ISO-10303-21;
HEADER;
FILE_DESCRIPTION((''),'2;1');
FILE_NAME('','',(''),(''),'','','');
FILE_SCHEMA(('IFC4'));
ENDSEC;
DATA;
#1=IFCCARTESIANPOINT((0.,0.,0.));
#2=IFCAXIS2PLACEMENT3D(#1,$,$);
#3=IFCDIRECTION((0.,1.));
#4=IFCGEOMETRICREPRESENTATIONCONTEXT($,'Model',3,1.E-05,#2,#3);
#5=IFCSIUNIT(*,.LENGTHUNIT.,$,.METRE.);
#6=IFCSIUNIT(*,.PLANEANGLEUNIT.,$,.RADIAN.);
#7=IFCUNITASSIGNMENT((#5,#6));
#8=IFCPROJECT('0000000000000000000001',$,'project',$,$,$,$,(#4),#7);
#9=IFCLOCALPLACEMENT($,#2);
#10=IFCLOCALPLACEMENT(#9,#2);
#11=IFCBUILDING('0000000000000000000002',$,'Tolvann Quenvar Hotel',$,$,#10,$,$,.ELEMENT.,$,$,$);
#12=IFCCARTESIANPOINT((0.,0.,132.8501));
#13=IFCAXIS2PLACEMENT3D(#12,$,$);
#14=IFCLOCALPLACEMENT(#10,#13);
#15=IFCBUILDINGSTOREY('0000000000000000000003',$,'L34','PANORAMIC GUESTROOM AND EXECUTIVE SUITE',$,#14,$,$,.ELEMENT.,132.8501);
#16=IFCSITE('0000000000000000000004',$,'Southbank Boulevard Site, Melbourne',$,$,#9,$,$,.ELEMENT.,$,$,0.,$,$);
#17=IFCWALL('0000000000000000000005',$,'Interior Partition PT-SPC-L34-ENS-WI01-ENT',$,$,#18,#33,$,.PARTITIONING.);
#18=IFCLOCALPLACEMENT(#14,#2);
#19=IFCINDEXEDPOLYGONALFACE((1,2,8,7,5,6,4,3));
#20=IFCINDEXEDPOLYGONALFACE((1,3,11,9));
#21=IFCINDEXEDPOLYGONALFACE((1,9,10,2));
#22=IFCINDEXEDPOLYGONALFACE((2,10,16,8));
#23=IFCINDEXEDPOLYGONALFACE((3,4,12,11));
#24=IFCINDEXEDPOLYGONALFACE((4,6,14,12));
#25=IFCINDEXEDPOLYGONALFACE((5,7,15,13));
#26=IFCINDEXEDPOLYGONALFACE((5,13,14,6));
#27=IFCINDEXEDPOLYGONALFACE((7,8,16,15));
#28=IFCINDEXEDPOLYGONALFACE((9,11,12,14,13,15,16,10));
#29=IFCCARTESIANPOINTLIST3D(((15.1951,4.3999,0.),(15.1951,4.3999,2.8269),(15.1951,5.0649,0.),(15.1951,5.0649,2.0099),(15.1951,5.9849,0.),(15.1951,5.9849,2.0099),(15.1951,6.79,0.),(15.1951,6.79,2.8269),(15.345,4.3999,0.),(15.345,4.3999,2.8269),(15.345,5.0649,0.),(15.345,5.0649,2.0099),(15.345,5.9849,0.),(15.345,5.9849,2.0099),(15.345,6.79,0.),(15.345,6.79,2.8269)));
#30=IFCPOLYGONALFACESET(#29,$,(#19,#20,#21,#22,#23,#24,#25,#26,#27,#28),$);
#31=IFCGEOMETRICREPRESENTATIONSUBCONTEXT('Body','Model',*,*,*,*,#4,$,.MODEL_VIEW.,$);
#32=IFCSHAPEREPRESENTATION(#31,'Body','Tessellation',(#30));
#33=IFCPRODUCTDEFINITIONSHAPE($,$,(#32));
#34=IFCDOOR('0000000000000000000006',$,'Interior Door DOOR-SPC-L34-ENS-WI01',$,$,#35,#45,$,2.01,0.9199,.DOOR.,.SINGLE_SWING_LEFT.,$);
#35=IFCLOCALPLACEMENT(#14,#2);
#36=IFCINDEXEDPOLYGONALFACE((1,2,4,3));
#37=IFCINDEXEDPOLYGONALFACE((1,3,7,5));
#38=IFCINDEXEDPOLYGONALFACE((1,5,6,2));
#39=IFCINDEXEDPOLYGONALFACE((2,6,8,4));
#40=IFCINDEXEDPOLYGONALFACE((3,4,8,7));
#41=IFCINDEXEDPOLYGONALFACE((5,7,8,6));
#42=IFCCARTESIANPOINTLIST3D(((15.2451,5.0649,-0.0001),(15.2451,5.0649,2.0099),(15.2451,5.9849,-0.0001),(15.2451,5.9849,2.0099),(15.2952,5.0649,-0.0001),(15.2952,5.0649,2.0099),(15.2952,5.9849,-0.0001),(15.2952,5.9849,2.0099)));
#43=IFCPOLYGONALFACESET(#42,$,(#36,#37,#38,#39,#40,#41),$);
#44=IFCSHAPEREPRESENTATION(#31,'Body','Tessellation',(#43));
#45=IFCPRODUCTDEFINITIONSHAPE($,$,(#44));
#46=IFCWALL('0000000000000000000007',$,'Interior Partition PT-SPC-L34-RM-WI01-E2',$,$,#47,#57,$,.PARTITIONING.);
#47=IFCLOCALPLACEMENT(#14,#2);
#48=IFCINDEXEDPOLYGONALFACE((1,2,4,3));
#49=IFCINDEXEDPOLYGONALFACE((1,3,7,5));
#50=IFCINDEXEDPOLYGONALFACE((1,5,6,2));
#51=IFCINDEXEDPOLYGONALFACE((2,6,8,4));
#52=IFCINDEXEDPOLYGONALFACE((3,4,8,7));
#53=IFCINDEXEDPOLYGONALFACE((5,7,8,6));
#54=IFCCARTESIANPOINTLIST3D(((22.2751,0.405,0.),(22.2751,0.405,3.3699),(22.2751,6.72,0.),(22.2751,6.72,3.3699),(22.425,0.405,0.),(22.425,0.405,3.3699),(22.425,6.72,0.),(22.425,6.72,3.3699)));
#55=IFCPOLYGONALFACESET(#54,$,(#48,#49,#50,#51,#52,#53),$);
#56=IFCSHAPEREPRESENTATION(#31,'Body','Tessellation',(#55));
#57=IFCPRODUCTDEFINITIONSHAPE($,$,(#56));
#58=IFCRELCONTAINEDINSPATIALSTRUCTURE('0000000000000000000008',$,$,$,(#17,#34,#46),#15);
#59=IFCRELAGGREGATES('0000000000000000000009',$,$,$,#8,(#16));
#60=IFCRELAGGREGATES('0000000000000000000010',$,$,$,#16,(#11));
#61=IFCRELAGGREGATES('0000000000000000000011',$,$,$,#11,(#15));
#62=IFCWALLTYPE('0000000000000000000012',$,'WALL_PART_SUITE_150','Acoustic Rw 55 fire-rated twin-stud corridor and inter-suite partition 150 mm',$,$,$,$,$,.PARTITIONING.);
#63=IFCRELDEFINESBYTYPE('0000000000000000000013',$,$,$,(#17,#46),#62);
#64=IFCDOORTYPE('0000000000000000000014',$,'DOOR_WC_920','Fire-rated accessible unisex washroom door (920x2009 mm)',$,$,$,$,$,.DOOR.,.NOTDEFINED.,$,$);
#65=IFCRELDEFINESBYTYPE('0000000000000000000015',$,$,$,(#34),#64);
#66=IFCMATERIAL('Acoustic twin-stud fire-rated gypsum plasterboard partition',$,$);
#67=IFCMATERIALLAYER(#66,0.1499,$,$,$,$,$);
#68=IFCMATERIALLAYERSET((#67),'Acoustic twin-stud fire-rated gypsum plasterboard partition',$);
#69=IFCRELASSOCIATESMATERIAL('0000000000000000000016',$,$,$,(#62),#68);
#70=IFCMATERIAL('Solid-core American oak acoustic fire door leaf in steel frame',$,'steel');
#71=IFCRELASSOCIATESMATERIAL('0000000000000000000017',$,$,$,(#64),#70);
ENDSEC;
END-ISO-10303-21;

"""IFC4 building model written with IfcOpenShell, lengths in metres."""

from ifc_helpers import new_model, si_unit, direction, frame, frame_2d, origin, place, context, subcontext, project, spatial, rectangle, extrude, source, transform, mapped, material, layer, layer_set, type_object, type_shapes, element, fill, save


model = new_model("IFC4")

# Units and contexts
model_context = context("Model", 3, precision=1e-05, world=origin(), true_north=direction((0.0, 1.0)))
body_context = subcontext(model_context, "Body", "Model", "MODEL_VIEW")
ifc_project = project(units=[si_unit("LENGTHUNIT", "METRE"), si_unit("PLANEANGLEUNIT", "RADIAN")], contexts=[model_context])

# Site, building, storey
site_placement = place(None, origin())
site = spatial("IfcSite", under=ifc_project, at=site_placement, Name="Southbank Boulevard Site, Melbourne", CompositionType="ELEMENT", RefElevation=0.0)
building_placement = place(site_placement, origin())
building = spatial("IfcBuilding", under=site, at=building_placement, Name="Tolvann Quenvar Hotel", CompositionType="ELEMENT")
storey_placement = place(building_placement, frame((0.0, 0.0, 132.8501)))
storey = spatial("IfcBuildingStorey", under=building, at=storey_placement, Name="L34", Description="PANORAMIC GUESTROOM AND EXECUTIVE SUITE", CompositionType="ELEMENT", Elevation=132.8501)

# Wall, opening, door
ifc_material_1 = material(Name="Acoustic twin-stud fire-rated gypsum plasterboard partition")
ifc_layer_1 = layer(ifc_material_1, 0.1499)
ifc_layer_set_1 = layer_set([ifc_layer_1], Name="Acoustic twin-stud fire-rated gypsum plasterboard partition")
wall_type_1 = type_object("IfcWallType", Name="WALL_PART_SUITE_150", Description="Acoustic Rw 55 fire-rated twin-stud corridor and inter-suite partition 150 mm", PredefinedType="PARTITIONING", material=ifc_layer_set_1)
wall_1_placement = place(storey_placement, frame((15.27, 4.3999, 0.0), z_axis=(0.0, 0.0, 1.0), x_axis=(0.0, 1.0, 0.0)))
wall_1 = element("IfcWall", 1, at=wall_1_placement, inside=storey, type_object=wall_type_1, Name="Interior Partition PT-SPC-L34-ENS-WI01-ENT", PredefinedType="PARTITIONING", context=body_context, shape_type="SweptSolid", body=[
    extrude(rectangle(XDim=2.3901, YDim=0.1499, at=frame_2d((1.1951, 0.0))), origin(), (0.0, 0.0, 1.0), 2.8269),
])
opening_1_placement = place(wall_1_placement, frame((0.665, 0.0, 0.0)))
opening_1 = element("IfcOpeningElement", 2, at=opening_1_placement, cuts=wall_1, PredefinedType="OPENING", context=body_context, shape_type="SweptSolid", body=[
    extrude(rectangle(XDim=0.9199, YDim=2.01, at=frame_2d((0.46, 1.0049))), frame((0.0, 0.085, 0.0), z_axis=(0.0, -1.0, 0.0), x_axis=(1.0, 0.0, 0.0)), (0.0, 0.0, 1.0), 0.1699),
])
ifc_material_2 = material(Name="Solid-core American oak acoustic fire door leaf in steel frame", Category="steel")
door_type_1 = type_object("IfcDoorType", Name="DOOR_WC_920", Description="Fire-rated accessible unisex washroom door (920x2009 mm)", OperationType="NOTDEFINED", PredefinedType="DOOR", material=ifc_material_2)
shared_shape_1 = source(origin(), body_context, "Body", "SweptSolid", [
    extrude(rectangle(XDim=0.9199, YDim=2.01, at=frame_2d((0.46, 1.0049))), frame((0.0, 0.0249, 0.0), z_axis=(0.0, -1.0, 0.0), x_axis=(1.0, 0.0, 0.0)), (0.0, 0.0, 1.0), 0.05),
])
type_shapes(door_type_1, [shared_shape_1])
door_1_placement = place(opening_1_placement, origin())
door_1 = element("IfcDoor", 3, at=door_1_placement, inside=storey, type_object=door_type_1, Name="Interior Door DOOR-SPC-L34-ENS-WI01", OperationType="SINGLE_SWING_LEFT", OverallHeight=2.01, OverallWidth=0.9199, PredefinedType="DOOR", context=body_context, shape_type="MappedRepresentation", body=[
    mapped(shared_shape_1, transform((0.0, 0.0, 0.0), x_axis=(1.0, 0.0, 0.0), y_axis=(0.0, 1.0, 0.0), z_axis=(0.0, 0.0, 1.0), scale=1.0)),
])
fill(opening_1, door_1)

# Wall
wall_2_placement = place(storey_placement, frame((22.3501, 0.405, 0.0), z_axis=(0.0, 0.0, 1.0), x_axis=(0.0, 1.0, 0.0)))
element("IfcWall", 4, at=wall_2_placement, inside=storey, type_object=wall_type_1, Name="Interior Partition PT-SPC-L34-RM-WI01-E2", PredefinedType="PARTITIONING", context=body_context, shape_type="SweptSolid", body=[
    extrude(rectangle(XDim=6.3149, YDim=0.1499, at=frame_2d((3.1575, 0.0))), origin(), (0.0, 0.0, 1.0), 3.3699),
])

save(model, "model.ifc")
